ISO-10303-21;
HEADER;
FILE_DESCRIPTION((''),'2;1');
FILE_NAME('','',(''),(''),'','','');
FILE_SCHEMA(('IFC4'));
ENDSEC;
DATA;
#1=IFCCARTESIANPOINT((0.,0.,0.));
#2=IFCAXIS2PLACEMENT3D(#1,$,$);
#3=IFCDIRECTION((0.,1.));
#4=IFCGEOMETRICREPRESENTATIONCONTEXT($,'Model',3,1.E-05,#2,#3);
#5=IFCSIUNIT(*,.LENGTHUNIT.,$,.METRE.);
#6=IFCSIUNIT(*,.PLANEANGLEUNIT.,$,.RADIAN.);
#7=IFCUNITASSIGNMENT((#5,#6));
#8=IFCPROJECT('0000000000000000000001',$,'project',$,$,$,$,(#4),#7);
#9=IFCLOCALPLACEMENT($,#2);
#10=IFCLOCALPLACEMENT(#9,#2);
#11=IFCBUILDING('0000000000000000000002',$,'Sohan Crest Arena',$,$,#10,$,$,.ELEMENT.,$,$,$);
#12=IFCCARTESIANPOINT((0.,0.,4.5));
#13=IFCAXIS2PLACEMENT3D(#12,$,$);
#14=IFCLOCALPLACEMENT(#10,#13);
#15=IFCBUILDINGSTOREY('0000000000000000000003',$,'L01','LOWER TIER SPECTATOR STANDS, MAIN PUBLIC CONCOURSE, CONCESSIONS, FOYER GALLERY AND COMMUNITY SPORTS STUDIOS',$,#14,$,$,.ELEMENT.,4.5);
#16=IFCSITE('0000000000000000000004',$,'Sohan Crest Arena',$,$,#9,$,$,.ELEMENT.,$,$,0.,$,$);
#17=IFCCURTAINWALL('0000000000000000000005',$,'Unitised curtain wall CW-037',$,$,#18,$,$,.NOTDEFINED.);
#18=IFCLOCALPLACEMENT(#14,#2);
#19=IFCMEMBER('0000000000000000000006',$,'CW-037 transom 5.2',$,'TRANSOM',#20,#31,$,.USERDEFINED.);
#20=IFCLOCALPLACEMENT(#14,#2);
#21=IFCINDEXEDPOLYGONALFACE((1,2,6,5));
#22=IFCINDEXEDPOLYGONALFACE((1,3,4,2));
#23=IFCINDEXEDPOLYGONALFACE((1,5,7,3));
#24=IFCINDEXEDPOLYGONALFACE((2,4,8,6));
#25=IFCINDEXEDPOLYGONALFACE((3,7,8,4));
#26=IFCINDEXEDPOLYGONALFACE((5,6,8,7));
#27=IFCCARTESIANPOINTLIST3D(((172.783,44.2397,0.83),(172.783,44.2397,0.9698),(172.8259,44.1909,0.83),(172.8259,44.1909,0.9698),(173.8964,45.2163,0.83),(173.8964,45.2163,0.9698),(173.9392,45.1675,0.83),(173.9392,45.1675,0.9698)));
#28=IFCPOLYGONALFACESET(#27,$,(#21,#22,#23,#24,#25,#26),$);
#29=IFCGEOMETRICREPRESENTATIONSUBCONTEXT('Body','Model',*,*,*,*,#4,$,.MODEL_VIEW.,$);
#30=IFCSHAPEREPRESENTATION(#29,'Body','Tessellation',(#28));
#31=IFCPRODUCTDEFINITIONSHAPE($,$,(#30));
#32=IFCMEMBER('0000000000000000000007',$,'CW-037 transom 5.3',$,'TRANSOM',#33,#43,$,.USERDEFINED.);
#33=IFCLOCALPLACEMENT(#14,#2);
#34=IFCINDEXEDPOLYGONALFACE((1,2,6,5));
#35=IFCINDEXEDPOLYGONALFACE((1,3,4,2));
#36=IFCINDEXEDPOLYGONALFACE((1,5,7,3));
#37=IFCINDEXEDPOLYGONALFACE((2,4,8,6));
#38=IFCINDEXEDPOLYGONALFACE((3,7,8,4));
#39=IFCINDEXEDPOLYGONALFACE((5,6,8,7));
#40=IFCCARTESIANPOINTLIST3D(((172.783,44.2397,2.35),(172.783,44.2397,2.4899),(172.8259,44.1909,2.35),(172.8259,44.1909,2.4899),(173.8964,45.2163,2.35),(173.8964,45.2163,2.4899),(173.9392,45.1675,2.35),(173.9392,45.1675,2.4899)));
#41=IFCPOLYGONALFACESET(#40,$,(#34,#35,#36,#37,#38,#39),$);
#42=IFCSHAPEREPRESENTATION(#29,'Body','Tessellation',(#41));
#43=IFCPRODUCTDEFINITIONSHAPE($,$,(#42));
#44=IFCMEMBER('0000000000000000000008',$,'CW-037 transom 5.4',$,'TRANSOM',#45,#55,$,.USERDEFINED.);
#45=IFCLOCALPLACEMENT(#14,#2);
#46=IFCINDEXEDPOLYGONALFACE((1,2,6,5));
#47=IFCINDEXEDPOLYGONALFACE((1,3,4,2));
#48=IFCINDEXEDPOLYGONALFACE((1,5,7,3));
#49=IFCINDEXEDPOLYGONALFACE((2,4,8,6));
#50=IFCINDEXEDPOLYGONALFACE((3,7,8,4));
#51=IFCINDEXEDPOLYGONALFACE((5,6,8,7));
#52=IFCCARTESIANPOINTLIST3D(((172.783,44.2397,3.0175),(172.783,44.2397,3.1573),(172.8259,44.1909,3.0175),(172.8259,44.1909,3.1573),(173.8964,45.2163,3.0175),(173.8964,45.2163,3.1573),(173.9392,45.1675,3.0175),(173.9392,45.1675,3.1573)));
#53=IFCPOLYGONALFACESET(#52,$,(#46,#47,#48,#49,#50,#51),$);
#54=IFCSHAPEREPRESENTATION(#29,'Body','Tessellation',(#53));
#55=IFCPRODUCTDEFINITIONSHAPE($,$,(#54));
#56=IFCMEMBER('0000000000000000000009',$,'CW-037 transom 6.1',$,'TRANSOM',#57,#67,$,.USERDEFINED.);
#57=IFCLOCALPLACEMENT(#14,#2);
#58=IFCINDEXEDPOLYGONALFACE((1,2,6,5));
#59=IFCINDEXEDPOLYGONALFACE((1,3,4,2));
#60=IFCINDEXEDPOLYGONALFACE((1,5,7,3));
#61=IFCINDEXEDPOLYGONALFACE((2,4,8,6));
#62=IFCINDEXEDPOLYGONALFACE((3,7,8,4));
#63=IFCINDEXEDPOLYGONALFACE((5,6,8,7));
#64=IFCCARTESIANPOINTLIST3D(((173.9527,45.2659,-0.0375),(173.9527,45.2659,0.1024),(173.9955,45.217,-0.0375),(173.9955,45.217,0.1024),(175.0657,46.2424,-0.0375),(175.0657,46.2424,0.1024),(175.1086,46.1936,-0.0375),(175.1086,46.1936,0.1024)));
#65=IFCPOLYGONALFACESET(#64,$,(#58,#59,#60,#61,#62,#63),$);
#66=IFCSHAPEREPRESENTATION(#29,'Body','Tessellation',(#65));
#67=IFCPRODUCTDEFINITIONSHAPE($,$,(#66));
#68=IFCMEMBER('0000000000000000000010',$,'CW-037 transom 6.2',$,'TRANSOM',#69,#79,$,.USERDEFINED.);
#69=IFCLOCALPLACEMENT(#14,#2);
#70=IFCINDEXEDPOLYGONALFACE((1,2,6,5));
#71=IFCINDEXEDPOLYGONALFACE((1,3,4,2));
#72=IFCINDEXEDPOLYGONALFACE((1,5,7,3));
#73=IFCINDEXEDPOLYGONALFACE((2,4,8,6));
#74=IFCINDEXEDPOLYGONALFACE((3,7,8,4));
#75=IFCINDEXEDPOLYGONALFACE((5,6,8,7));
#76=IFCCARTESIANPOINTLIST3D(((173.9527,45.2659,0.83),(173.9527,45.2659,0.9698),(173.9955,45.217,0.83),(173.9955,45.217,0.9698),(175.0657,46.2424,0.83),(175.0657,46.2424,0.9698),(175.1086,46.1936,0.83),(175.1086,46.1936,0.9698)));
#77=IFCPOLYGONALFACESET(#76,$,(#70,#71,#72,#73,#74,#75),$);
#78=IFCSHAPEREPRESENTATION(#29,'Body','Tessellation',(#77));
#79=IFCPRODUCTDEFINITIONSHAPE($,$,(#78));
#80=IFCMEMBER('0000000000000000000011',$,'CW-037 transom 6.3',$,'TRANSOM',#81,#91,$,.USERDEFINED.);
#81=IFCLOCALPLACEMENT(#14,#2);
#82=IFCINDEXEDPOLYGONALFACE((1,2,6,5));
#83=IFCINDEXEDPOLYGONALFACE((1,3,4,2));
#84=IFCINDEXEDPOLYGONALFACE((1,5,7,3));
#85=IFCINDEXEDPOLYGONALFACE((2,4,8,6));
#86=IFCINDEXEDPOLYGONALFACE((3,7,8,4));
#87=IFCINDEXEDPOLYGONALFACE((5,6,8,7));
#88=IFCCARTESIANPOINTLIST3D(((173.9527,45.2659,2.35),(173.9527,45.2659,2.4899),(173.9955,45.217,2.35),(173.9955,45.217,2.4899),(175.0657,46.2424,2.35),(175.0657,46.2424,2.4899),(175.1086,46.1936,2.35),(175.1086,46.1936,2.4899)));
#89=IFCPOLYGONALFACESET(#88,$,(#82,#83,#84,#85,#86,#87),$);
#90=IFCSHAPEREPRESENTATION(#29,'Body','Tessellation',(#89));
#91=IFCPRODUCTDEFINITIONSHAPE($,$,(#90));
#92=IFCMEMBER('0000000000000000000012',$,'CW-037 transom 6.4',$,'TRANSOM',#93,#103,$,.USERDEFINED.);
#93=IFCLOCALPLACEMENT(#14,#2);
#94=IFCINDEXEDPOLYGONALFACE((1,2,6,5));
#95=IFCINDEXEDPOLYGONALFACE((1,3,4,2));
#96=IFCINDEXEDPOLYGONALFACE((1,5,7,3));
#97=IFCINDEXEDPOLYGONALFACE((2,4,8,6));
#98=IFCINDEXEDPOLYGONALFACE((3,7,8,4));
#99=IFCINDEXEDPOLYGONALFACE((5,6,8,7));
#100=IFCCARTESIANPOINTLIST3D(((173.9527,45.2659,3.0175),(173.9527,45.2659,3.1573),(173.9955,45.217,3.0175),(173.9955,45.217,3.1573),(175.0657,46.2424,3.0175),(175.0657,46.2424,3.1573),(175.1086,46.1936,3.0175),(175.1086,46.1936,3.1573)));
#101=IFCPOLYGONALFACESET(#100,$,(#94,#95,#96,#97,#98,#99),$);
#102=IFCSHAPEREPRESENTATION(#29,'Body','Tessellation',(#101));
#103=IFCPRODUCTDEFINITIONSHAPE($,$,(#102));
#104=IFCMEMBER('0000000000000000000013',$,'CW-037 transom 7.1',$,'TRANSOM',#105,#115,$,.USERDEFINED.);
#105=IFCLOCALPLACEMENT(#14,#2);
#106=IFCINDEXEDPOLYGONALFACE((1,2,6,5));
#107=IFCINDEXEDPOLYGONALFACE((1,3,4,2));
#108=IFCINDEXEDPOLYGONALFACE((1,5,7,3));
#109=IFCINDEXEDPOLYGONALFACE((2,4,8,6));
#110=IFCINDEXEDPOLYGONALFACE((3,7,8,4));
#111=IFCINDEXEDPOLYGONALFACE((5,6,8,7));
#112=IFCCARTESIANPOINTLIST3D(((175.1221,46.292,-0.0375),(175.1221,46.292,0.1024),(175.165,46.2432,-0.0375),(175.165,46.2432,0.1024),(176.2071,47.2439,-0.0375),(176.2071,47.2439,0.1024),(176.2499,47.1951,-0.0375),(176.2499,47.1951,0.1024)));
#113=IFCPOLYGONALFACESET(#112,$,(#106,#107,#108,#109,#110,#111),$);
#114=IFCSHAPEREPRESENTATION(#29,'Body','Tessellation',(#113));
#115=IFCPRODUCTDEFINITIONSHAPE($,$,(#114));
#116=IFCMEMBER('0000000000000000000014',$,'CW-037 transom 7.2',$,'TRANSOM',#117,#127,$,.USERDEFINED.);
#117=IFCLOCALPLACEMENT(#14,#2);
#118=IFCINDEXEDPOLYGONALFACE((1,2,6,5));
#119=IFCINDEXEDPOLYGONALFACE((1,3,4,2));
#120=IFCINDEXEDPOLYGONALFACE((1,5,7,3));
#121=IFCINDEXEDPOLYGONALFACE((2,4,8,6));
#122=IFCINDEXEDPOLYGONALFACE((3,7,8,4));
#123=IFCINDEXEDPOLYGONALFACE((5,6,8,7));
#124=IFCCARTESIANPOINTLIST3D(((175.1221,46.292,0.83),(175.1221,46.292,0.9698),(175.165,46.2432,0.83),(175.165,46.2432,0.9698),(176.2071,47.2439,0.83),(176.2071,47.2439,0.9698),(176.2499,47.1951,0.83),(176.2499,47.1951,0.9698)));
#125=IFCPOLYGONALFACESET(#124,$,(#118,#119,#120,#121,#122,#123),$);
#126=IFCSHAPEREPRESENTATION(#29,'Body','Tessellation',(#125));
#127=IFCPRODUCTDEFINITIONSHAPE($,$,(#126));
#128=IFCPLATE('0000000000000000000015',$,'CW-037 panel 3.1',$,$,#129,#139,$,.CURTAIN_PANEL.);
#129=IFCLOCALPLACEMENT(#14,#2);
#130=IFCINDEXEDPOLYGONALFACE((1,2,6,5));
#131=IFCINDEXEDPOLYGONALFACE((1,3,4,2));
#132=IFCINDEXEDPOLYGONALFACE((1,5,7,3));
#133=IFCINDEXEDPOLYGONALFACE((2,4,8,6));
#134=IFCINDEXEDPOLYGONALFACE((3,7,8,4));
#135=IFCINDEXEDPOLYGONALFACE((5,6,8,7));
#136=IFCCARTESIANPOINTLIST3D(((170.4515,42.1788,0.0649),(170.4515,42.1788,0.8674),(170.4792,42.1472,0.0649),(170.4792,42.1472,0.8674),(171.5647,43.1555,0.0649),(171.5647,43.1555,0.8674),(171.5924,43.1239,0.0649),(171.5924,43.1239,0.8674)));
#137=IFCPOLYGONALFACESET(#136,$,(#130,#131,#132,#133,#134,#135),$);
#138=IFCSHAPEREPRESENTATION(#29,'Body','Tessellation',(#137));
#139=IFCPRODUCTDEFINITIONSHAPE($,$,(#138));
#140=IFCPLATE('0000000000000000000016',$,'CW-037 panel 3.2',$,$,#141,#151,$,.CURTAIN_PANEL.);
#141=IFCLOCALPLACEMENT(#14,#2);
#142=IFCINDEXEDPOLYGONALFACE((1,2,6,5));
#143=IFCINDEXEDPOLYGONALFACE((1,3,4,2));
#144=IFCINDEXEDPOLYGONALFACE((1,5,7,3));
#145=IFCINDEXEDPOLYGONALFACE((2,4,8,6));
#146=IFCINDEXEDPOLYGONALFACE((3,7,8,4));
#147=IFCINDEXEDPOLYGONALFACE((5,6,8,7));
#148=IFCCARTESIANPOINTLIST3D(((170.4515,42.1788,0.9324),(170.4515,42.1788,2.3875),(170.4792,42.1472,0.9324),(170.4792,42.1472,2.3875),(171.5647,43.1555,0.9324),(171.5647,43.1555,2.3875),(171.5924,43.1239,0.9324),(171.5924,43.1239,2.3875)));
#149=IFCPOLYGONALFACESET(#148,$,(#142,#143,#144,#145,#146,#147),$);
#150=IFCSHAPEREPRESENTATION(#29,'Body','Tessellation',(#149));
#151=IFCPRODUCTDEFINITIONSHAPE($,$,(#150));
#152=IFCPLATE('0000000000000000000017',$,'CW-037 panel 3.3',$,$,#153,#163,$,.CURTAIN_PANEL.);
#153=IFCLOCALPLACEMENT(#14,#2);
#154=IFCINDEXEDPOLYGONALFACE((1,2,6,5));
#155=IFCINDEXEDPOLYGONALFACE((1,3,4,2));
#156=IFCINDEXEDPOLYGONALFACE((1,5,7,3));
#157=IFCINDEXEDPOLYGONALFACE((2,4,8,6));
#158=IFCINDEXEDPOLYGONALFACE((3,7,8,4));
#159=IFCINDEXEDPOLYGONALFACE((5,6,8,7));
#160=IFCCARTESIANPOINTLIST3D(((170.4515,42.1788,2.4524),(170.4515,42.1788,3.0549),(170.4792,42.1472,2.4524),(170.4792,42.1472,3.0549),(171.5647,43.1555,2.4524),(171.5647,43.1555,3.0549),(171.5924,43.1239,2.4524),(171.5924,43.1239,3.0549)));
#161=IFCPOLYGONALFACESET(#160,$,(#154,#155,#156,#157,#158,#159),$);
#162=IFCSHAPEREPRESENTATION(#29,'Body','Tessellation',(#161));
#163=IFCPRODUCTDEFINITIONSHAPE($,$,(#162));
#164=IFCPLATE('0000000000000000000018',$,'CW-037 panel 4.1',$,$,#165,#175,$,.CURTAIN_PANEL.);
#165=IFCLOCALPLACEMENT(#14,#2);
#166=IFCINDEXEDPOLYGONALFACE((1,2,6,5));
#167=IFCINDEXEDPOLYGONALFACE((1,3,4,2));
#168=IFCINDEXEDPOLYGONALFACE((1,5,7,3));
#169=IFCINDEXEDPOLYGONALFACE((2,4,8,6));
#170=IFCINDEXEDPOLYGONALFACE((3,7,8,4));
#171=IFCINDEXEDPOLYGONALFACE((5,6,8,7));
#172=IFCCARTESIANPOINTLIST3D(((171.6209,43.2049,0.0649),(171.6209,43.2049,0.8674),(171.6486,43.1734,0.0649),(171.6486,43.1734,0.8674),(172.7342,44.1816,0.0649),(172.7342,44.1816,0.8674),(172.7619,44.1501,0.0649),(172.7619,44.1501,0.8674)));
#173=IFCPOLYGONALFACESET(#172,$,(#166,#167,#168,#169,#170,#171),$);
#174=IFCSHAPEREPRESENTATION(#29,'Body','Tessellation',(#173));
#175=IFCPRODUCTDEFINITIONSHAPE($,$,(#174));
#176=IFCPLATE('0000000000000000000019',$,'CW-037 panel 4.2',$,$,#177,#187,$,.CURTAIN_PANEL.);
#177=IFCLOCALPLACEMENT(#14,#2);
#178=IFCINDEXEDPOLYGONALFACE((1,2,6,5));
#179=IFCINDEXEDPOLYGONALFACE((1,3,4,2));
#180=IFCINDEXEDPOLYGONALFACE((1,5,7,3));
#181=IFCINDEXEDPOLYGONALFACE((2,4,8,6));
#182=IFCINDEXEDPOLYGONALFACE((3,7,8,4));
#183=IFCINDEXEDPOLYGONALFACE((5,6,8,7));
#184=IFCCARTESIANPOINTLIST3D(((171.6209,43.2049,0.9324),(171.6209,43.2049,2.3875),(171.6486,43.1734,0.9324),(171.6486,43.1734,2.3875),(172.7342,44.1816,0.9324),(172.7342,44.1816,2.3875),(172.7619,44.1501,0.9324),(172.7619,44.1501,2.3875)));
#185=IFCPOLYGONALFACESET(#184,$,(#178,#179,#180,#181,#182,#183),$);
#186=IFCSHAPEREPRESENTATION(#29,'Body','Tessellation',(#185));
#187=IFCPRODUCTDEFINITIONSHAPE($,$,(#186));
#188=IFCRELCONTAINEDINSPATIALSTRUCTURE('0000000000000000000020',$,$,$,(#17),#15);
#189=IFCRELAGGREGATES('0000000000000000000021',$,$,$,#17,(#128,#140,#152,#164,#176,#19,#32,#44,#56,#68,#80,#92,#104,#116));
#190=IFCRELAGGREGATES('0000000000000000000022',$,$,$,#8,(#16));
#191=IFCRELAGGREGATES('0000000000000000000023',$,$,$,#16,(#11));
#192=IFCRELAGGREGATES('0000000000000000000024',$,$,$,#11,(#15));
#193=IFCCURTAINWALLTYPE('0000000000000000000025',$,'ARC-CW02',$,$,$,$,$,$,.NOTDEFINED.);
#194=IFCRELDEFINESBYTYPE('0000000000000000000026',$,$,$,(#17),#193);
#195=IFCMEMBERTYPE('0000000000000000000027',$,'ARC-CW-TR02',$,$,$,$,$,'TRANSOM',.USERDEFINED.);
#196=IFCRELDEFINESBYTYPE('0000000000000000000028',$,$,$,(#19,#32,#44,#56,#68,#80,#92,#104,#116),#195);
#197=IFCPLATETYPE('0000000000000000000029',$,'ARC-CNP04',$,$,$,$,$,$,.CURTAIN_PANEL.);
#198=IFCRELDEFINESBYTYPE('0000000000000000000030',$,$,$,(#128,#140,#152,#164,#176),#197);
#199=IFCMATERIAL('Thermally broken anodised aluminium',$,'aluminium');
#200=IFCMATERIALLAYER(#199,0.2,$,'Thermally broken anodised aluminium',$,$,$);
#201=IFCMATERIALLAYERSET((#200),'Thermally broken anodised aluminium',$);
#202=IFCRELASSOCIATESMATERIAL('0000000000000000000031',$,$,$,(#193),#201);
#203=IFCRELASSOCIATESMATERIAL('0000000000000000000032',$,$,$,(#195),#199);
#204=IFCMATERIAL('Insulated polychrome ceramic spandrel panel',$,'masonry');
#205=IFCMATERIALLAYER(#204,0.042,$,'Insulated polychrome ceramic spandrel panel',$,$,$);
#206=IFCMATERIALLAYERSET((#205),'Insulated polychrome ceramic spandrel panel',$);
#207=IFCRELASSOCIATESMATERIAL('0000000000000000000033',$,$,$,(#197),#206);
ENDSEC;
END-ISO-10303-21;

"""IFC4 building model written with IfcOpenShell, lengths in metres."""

from ifc_helpers import new_model, si_unit, direction, frame, origin, origin_2d, place, context, subcontext, project, spatial, rectangle, extrude, material, layer, layer_set, material_profile, profile_set, type_object, element, aggregate, save


model = new_model("IFC4")

# Units and contexts
model_context = context("Model", 3, precision=1e-05, world=origin(), true_north=direction((0.0, 1.0)))
body_context = subcontext(model_context, "Body", "Model", "MODEL_VIEW")
ifc_project = project(units=[si_unit("LENGTHUNIT", "METRE"), si_unit("PLANEANGLEUNIT", "RADIAN")], contexts=[model_context])

# Site, building, storey
site_placement = place(None, origin())
site = spatial("IfcSite", under=ifc_project, at=site_placement, Name="Sohan Crest Arena", CompositionType="ELEMENT", RefElevation=0.0)
building_placement = place(site_placement, origin())
building = spatial("IfcBuilding", under=site, at=building_placement, Name="Sohan Crest Arena", CompositionType="ELEMENT")
storey_placement = place(building_placement, frame((0.0, 0.0, 4.5)))
storey = spatial("IfcBuildingStorey", under=building, at=storey_placement, Name="L01", Description="LOWER TIER SPECTATOR STANDS, MAIN PUBLIC CONCOURSE, CONCESSIONS, FOYER GALLERY AND COMMUNITY SPORTS STUDIOS", CompositionType="ELEMENT", Elevation=4.5)

# Curtain wall, members, plates
ifc_material_1 = material(Name="Thermally broken anodised aluminium", Category="aluminium")
ifc_layer_1 = layer(ifc_material_1, 0.2, Name="Thermally broken anodised aluminium")
ifc_layer_set_1 = layer_set([ifc_layer_1], Name="Thermally broken anodised aluminium")
curtain_wall_type = type_object("IfcCurtainWallType", Name="ARC-CW02", PredefinedType="NOTDEFINED", material=ifc_layer_set_1)
curtain_wall_placement = place(storey_placement, origin())
curtain_wall = element("IfcCurtainWall", 1, at=curtain_wall_placement, inside=storey, type_object=curtain_wall_type, Name="Unitised curtain wall CW-037", PredefinedType="NOTDEFINED")
ifc_material_profile_1 = material_profile(ifc_material_1, rectangle(XDim=0.0649, YDim=0.1399, at=origin_2d()), Name="ALU-TRAN 65x140")
ifc_profile_set_1 = profile_set([ifc_material_profile_1], Name="Thermally broken anodised aluminium")
member_type_1 = type_object("IfcMemberType", Name="ARC-CW-TR02", ElementType="TRANSOM", PredefinedType="USERDEFINED", material=ifc_profile_set_1)
member_1_placement = place(storey_placement, frame((172.8044, 44.2153, 0.8999), z_axis=(0.751759, 0.659438, 0.0), x_axis=(-0.659438, 0.751759, 0.0)))
member_1 = element("IfcMember", 2, at=member_1_placement, type_object=member_type_1, Name="CW-037 transom 5.2", ObjectType="TRANSOM", PredefinedType="USERDEFINED", context=body_context, shape_type="SweptSolid", body=[
    extrude(rectangle(XDim=0.0649, YDim=0.1399, at=origin_2d()), origin(), (0.0, 0.0, 1.0), 1.481),
])
member_2_placement = place(storey_placement, frame((172.8044, 44.2153, 2.4199), z_axis=(0.751759, 0.659438, 0.0), x_axis=(-0.659438, 0.751759, 0.0)))
member_2 = element("IfcMember", 3, at=member_2_placement, type_object=member_type_1, Name="CW-037 transom 5.3", ObjectType="TRANSOM", PredefinedType="USERDEFINED", context=body_context, shape_type="SweptSolid", body=[
    extrude(rectangle(XDim=0.0649, YDim=0.1399, at=origin_2d()), origin(), (0.0, 0.0, 1.0), 1.481),
])
member_3_placement = place(storey_placement, frame((172.8044, 44.2153, 3.0874), z_axis=(0.751759, 0.659438, 0.0), x_axis=(-0.659438, 0.751759, 0.0)))
member_3 = element("IfcMember", 4, at=member_3_placement, type_object=member_type_1, Name="CW-037 transom 5.4", ObjectType="TRANSOM", PredefinedType="USERDEFINED", context=body_context, shape_type="SweptSolid", body=[
    extrude(rectangle(XDim=0.0649, YDim=0.1399, at=origin_2d()), origin(), (0.0, 0.0, 1.0), 1.481),
])
member_4_placement = place(storey_placement, frame((173.9741, 45.2415, 0.0325), z_axis=(0.751687, 0.65952, 0.0), x_axis=(-0.65952, 0.751687, 0.0)))
member_4 = element("IfcMember", 5, at=member_4_placement, type_object=member_type_1, Name="CW-037 transom 6.1", ObjectType="TRANSOM", PredefinedType="USERDEFINED", context=body_context, shape_type="SweptSolid", body=[
    extrude(rectangle(XDim=0.0649, YDim=0.1399, at=origin_2d()), origin(), (0.0, 0.0, 1.0), 1.4807),
])
member_5_placement = place(storey_placement, frame((173.9741, 45.2415, 0.8999), z_axis=(0.751687, 0.65952, 0.0), x_axis=(-0.65952, 0.751687, 0.0)))
member_5 = element("IfcMember", 6, at=member_5_placement, type_object=member_type_1, Name="CW-037 transom 6.2", ObjectType="TRANSOM", PredefinedType="USERDEFINED", context=body_context, shape_type="SweptSolid", body=[
    extrude(rectangle(XDim=0.0649, YDim=0.1399, at=origin_2d()), origin(), (0.0, 0.0, 1.0), 1.4807),
])
member_6_placement = place(storey_placement, frame((173.9741, 45.2415, 2.4199), z_axis=(0.751687, 0.65952, 0.0), x_axis=(-0.65952, 0.751687, 0.0)))
member_6 = element("IfcMember", 7, at=member_6_placement, type_object=member_type_1, Name="CW-037 transom 6.3", ObjectType="TRANSOM", PredefinedType="USERDEFINED", context=body_context, shape_type="SweptSolid", body=[
    extrude(rectangle(XDim=0.0649, YDim=0.1399, at=origin_2d()), origin(), (0.0, 0.0, 1.0), 1.4807),
])
member_7_placement = place(storey_placement, frame((173.9741, 45.2415, 3.0874), z_axis=(0.751687, 0.65952, 0.0), x_axis=(-0.65952, 0.751687, 0.0)))
member_7 = element("IfcMember", 8, at=member_7_placement, type_object=member_type_1, Name="CW-037 transom 6.4", ObjectType="TRANSOM", PredefinedType="USERDEFINED", context=body_context, shape_type="SweptSolid", body=[
    extrude(rectangle(XDim=0.0649, YDim=0.1399, at=origin_2d()), origin(), (0.0, 0.0, 1.0), 1.4807),
])
member_8_placement = place(storey_placement, frame((175.1436, 46.2676, 0.0325), z_axis=(0.751696, 0.65951, 0.0), x_axis=(-0.65951, 0.751696, 0.0)))
member_8 = element("IfcMember", 9, at=member_8_placement, type_object=member_type_1, Name="CW-037 transom 7.1", ObjectType="TRANSOM", PredefinedType="USERDEFINED", context=body_context, shape_type="SweptSolid", body=[
    extrude(rectangle(XDim=0.0649, YDim=0.1399, at=origin_2d()), origin(), (0.0, 0.0, 1.0), 1.4434),
])
member_9_placement = place(storey_placement, frame((175.1436, 46.2676, 0.8999), z_axis=(0.751696, 0.65951, 0.0), x_axis=(-0.65951, 0.751696, 0.0)))
member_9 = element("IfcMember", 10, at=member_9_placement, type_object=member_type_1, Name="CW-037 transom 7.2", ObjectType="TRANSOM", PredefinedType="USERDEFINED", context=body_context, shape_type="SweptSolid", body=[
    extrude(rectangle(XDim=0.0649, YDim=0.1399, at=origin_2d()), origin(), (0.0, 0.0, 1.0), 1.4434),
])
ifc_material_2 = material(Name="Insulated polychrome ceramic spandrel panel", Category="masonry")
ifc_layer_2 = layer(ifc_material_2, 0.042, Name="Insulated polychrome ceramic spandrel panel")
ifc_layer_set_2 = layer_set([ifc_layer_2], Name="Insulated polychrome ceramic spandrel panel")
plate_type = type_object("IfcPlateType", Name="ARC-CNP04", PredefinedType="CURTAIN_PANEL", material=ifc_layer_set_2)
plate_1_placement = place(storey_placement, frame((171.022, 42.6514, 0.0649), z_axis=(0.0, 0.0, 1.0), x_axis=(0.751694, 0.659512, 0.0)))
plate_1 = element("IfcPlate", 11, at=plate_1_placement, type_object=plate_type, Name="CW-037 panel 3.1", PredefinedType="CURTAIN_PANEL", context=body_context, shape_type="SweptSolid", body=[
    extrude(rectangle(XDim=1.481, YDim=0.042, at=origin_2d()), origin(), (0.0, 0.0, 1.0), 0.8025),
])
plate_2_placement = place(storey_placement, frame((171.022, 42.6514, 0.9324), z_axis=(0.0, 0.0, 1.0), x_axis=(0.751694, 0.659512, 0.0)))
plate_2 = element("IfcPlate", 12, at=plate_2_placement, type_object=plate_type, Name="CW-037 panel 3.2", PredefinedType="CURTAIN_PANEL", context=body_context, shape_type="SweptSolid", body=[
    extrude(rectangle(XDim=1.481, YDim=0.042, at=origin_2d()), origin(), (0.0, 0.0, 1.0), 1.4551),
])
plate_3_placement = place(storey_placement, frame((171.022, 42.6514, 2.4524), z_axis=(0.0, 0.0, 1.0), x_axis=(0.751694, 0.659512, 0.0)))
plate_3 = element("IfcPlate", 13, at=plate_3_placement, type_object=plate_type, Name="CW-037 panel 3.3", PredefinedType="CURTAIN_PANEL", context=body_context, shape_type="SweptSolid", body=[
    extrude(rectangle(XDim=1.481, YDim=0.042, at=origin_2d()), origin(), (0.0, 0.0, 1.0), 0.6025),
])
plate_4_placement = place(storey_placement, frame((172.1914, 43.6775, 0.0649), z_axis=(0.0, 0.0, 1.0), x_axis=(0.751694, 0.659512, 0.0)))
plate_4 = element("IfcPlate", 14, at=plate_4_placement, type_object=plate_type, Name="CW-037 panel 4.1", PredefinedType="CURTAIN_PANEL", context=body_context, shape_type="SweptSolid", body=[
    extrude(rectangle(XDim=1.481, YDim=0.042, at=origin_2d()), origin(), (0.0, 0.0, 1.0), 0.8025),
])
plate_5_placement = place(storey_placement, frame((172.1914, 43.6775, 0.9324), z_axis=(0.0, 0.0, 1.0), x_axis=(0.751694, 0.659512, 0.0)))
plate_5 = element("IfcPlate", 15, at=plate_5_placement, type_object=plate_type, Name="CW-037 panel 4.2", PredefinedType="CURTAIN_PANEL", context=body_context, shape_type="SweptSolid", body=[
    extrude(rectangle(XDim=1.481, YDim=0.042, at=origin_2d()), origin(), (0.0, 0.0, 1.0), 1.4551),
])
aggregate(curtain_wall, [plate_1, plate_2, plate_3, plate_4, plate_5, member_1, member_2, member_3, member_4, member_5, member_6, member_7, member_8, member_9])

save(model, "model.ifc")
